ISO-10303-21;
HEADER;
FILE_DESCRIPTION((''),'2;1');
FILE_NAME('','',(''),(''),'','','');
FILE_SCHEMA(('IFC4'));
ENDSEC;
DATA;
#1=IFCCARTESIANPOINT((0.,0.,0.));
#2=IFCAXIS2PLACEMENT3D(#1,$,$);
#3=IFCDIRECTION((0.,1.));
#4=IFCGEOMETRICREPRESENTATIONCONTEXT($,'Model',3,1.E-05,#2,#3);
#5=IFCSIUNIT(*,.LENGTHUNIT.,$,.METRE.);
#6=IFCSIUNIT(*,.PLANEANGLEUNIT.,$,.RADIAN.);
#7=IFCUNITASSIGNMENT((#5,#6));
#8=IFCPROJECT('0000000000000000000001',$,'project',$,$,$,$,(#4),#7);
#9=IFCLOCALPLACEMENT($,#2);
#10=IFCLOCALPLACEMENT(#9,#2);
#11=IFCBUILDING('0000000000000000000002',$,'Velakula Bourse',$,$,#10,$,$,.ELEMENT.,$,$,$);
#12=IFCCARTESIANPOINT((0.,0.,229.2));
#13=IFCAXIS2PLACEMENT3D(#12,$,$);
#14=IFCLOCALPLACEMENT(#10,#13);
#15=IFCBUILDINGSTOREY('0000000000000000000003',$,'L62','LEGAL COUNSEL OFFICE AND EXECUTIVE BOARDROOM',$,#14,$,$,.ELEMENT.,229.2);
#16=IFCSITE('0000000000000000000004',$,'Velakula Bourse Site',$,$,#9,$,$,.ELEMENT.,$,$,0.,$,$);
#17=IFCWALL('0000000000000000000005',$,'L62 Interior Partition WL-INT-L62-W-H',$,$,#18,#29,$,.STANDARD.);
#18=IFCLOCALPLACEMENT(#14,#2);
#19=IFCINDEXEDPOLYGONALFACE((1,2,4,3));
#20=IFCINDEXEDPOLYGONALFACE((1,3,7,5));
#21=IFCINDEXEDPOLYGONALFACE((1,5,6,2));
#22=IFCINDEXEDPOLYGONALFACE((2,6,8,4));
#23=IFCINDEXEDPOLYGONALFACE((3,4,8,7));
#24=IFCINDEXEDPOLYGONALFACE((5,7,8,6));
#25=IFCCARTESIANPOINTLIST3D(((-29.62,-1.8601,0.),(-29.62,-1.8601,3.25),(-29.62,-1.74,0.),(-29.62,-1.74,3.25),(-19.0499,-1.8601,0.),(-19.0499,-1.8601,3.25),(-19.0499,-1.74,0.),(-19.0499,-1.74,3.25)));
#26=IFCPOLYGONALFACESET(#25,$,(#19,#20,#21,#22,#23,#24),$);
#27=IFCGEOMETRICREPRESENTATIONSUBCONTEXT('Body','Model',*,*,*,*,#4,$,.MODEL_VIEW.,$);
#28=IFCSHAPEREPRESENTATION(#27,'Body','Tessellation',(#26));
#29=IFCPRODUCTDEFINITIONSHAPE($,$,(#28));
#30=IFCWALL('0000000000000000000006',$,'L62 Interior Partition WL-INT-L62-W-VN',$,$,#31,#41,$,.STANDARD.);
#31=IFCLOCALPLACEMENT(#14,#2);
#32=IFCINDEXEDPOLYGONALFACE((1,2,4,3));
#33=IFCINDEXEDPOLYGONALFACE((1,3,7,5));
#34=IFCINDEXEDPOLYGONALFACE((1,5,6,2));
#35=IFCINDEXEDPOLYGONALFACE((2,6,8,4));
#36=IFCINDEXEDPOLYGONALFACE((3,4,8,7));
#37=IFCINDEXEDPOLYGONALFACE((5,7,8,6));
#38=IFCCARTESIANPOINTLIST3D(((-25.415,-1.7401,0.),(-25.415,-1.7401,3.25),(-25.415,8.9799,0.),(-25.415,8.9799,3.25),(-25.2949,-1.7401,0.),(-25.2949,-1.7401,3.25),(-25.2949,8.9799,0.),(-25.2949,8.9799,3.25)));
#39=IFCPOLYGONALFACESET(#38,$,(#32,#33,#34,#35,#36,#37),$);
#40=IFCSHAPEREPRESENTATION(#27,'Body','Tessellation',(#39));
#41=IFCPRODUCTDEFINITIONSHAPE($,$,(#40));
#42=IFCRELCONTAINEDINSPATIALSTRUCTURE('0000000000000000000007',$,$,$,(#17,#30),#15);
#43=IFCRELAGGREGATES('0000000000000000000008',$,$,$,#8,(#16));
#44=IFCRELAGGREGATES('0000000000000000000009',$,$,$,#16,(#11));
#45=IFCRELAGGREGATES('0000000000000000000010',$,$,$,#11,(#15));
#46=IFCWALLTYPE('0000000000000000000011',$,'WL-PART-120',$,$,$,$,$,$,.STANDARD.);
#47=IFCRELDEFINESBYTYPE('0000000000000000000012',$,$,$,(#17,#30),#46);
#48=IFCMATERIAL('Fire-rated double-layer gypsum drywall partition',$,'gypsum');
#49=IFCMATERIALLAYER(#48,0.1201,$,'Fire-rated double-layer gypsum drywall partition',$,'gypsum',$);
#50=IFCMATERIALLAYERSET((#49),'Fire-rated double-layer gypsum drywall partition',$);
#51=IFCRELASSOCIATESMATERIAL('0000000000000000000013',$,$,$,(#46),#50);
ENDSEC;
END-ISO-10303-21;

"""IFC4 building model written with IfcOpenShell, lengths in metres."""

from ifc_helpers import new_model, si_unit, direction, frame, frame_2d, origin, place, context, subcontext, project, spatial, rectangle, extrude, material, layer, layer_set, type_object, element, save


model = new_model("IFC4")

# Units and contexts
model_context = context("Model", 3, precision=1e-05, world=origin(), true_north=direction((0.0, 1.0)))
body_context = subcontext(model_context, "Body", "Model", "MODEL_VIEW")
ifc_project = project(units=[si_unit("LENGTHUNIT", "METRE"), si_unit("PLANEANGLEUNIT", "RADIAN")], contexts=[model_context])

# Site, building, storey
site_placement = place(None, origin())
site = spatial("IfcSite", under=ifc_project, at=site_placement, Name="Velakula Bourse Site", CompositionType="ELEMENT", RefElevation=0.0)
building_placement = place(site_placement, origin())
building = spatial("IfcBuilding", under=site, at=building_placement, Name="Velakula Bourse", CompositionType="ELEMENT")
storey_placement = place(building_placement, frame((0.0, 0.0, 229.2)))
storey = spatial("IfcBuildingStorey", under=building, at=storey_placement, Name="L62", Description="LEGAL COUNSEL OFFICE AND EXECUTIVE BOARDROOM", CompositionType="ELEMENT", Elevation=229.2)

# Walls
ifc_material_1 = material(Name="Fire-rated double-layer gypsum drywall partition", Category="gypsum")
ifc_layer_1 = layer(ifc_material_1, 0.1201, Name="Fire-rated double-layer gypsum drywall partition", Category="gypsum")
ifc_layer_set_1 = layer_set([ifc_layer_1], Name="Fire-rated double-layer gypsum drywall partition")
wall_type_1 = type_object("IfcWallType", Name="WL-PART-120", PredefinedType="STANDARD", material=ifc_layer_set_1)
wall_1_placement = place(storey_placement, frame((-29.6201, -1.8, 0.0), z_axis=(0.0, 0.0, 1.0), x_axis=(1.0, 0.0, 0.0)))
element("IfcWall", 1, at=wall_1_placement, inside=storey, type_object=wall_type_1, Name="L62 Interior Partition WL-INT-L62-W-H", PredefinedType="STANDARD", context=body_context, shape_type="SweptSolid", body=[
    extrude(rectangle(XDim=10.5701, YDim=0.1201, at=frame_2d((5.2852, 0.0))), origin(), (0.0, 0.0, 1.0), 3.25),
])
wall_2_placement = place(storey_placement, frame((-25.355, -1.74, 0.0), z_axis=(0.0, 0.0, 1.0), x_axis=(0.0, 1.0, 0.0)))
element("IfcWall", 2, at=wall_2_placement, inside=storey, type_object=wall_type_1, Name="L62 Interior Partition WL-INT-L62-W-VN", PredefinedType="STANDARD", context=body_context, shape_type="SweptSolid", body=[
    extrude(rectangle(XDim=10.72, YDim=0.1201, at=frame_2d((5.3599, 0.0))), origin(), (0.0, 0.0, 1.0), 3.25),
])

save(model, "model.ifc")
